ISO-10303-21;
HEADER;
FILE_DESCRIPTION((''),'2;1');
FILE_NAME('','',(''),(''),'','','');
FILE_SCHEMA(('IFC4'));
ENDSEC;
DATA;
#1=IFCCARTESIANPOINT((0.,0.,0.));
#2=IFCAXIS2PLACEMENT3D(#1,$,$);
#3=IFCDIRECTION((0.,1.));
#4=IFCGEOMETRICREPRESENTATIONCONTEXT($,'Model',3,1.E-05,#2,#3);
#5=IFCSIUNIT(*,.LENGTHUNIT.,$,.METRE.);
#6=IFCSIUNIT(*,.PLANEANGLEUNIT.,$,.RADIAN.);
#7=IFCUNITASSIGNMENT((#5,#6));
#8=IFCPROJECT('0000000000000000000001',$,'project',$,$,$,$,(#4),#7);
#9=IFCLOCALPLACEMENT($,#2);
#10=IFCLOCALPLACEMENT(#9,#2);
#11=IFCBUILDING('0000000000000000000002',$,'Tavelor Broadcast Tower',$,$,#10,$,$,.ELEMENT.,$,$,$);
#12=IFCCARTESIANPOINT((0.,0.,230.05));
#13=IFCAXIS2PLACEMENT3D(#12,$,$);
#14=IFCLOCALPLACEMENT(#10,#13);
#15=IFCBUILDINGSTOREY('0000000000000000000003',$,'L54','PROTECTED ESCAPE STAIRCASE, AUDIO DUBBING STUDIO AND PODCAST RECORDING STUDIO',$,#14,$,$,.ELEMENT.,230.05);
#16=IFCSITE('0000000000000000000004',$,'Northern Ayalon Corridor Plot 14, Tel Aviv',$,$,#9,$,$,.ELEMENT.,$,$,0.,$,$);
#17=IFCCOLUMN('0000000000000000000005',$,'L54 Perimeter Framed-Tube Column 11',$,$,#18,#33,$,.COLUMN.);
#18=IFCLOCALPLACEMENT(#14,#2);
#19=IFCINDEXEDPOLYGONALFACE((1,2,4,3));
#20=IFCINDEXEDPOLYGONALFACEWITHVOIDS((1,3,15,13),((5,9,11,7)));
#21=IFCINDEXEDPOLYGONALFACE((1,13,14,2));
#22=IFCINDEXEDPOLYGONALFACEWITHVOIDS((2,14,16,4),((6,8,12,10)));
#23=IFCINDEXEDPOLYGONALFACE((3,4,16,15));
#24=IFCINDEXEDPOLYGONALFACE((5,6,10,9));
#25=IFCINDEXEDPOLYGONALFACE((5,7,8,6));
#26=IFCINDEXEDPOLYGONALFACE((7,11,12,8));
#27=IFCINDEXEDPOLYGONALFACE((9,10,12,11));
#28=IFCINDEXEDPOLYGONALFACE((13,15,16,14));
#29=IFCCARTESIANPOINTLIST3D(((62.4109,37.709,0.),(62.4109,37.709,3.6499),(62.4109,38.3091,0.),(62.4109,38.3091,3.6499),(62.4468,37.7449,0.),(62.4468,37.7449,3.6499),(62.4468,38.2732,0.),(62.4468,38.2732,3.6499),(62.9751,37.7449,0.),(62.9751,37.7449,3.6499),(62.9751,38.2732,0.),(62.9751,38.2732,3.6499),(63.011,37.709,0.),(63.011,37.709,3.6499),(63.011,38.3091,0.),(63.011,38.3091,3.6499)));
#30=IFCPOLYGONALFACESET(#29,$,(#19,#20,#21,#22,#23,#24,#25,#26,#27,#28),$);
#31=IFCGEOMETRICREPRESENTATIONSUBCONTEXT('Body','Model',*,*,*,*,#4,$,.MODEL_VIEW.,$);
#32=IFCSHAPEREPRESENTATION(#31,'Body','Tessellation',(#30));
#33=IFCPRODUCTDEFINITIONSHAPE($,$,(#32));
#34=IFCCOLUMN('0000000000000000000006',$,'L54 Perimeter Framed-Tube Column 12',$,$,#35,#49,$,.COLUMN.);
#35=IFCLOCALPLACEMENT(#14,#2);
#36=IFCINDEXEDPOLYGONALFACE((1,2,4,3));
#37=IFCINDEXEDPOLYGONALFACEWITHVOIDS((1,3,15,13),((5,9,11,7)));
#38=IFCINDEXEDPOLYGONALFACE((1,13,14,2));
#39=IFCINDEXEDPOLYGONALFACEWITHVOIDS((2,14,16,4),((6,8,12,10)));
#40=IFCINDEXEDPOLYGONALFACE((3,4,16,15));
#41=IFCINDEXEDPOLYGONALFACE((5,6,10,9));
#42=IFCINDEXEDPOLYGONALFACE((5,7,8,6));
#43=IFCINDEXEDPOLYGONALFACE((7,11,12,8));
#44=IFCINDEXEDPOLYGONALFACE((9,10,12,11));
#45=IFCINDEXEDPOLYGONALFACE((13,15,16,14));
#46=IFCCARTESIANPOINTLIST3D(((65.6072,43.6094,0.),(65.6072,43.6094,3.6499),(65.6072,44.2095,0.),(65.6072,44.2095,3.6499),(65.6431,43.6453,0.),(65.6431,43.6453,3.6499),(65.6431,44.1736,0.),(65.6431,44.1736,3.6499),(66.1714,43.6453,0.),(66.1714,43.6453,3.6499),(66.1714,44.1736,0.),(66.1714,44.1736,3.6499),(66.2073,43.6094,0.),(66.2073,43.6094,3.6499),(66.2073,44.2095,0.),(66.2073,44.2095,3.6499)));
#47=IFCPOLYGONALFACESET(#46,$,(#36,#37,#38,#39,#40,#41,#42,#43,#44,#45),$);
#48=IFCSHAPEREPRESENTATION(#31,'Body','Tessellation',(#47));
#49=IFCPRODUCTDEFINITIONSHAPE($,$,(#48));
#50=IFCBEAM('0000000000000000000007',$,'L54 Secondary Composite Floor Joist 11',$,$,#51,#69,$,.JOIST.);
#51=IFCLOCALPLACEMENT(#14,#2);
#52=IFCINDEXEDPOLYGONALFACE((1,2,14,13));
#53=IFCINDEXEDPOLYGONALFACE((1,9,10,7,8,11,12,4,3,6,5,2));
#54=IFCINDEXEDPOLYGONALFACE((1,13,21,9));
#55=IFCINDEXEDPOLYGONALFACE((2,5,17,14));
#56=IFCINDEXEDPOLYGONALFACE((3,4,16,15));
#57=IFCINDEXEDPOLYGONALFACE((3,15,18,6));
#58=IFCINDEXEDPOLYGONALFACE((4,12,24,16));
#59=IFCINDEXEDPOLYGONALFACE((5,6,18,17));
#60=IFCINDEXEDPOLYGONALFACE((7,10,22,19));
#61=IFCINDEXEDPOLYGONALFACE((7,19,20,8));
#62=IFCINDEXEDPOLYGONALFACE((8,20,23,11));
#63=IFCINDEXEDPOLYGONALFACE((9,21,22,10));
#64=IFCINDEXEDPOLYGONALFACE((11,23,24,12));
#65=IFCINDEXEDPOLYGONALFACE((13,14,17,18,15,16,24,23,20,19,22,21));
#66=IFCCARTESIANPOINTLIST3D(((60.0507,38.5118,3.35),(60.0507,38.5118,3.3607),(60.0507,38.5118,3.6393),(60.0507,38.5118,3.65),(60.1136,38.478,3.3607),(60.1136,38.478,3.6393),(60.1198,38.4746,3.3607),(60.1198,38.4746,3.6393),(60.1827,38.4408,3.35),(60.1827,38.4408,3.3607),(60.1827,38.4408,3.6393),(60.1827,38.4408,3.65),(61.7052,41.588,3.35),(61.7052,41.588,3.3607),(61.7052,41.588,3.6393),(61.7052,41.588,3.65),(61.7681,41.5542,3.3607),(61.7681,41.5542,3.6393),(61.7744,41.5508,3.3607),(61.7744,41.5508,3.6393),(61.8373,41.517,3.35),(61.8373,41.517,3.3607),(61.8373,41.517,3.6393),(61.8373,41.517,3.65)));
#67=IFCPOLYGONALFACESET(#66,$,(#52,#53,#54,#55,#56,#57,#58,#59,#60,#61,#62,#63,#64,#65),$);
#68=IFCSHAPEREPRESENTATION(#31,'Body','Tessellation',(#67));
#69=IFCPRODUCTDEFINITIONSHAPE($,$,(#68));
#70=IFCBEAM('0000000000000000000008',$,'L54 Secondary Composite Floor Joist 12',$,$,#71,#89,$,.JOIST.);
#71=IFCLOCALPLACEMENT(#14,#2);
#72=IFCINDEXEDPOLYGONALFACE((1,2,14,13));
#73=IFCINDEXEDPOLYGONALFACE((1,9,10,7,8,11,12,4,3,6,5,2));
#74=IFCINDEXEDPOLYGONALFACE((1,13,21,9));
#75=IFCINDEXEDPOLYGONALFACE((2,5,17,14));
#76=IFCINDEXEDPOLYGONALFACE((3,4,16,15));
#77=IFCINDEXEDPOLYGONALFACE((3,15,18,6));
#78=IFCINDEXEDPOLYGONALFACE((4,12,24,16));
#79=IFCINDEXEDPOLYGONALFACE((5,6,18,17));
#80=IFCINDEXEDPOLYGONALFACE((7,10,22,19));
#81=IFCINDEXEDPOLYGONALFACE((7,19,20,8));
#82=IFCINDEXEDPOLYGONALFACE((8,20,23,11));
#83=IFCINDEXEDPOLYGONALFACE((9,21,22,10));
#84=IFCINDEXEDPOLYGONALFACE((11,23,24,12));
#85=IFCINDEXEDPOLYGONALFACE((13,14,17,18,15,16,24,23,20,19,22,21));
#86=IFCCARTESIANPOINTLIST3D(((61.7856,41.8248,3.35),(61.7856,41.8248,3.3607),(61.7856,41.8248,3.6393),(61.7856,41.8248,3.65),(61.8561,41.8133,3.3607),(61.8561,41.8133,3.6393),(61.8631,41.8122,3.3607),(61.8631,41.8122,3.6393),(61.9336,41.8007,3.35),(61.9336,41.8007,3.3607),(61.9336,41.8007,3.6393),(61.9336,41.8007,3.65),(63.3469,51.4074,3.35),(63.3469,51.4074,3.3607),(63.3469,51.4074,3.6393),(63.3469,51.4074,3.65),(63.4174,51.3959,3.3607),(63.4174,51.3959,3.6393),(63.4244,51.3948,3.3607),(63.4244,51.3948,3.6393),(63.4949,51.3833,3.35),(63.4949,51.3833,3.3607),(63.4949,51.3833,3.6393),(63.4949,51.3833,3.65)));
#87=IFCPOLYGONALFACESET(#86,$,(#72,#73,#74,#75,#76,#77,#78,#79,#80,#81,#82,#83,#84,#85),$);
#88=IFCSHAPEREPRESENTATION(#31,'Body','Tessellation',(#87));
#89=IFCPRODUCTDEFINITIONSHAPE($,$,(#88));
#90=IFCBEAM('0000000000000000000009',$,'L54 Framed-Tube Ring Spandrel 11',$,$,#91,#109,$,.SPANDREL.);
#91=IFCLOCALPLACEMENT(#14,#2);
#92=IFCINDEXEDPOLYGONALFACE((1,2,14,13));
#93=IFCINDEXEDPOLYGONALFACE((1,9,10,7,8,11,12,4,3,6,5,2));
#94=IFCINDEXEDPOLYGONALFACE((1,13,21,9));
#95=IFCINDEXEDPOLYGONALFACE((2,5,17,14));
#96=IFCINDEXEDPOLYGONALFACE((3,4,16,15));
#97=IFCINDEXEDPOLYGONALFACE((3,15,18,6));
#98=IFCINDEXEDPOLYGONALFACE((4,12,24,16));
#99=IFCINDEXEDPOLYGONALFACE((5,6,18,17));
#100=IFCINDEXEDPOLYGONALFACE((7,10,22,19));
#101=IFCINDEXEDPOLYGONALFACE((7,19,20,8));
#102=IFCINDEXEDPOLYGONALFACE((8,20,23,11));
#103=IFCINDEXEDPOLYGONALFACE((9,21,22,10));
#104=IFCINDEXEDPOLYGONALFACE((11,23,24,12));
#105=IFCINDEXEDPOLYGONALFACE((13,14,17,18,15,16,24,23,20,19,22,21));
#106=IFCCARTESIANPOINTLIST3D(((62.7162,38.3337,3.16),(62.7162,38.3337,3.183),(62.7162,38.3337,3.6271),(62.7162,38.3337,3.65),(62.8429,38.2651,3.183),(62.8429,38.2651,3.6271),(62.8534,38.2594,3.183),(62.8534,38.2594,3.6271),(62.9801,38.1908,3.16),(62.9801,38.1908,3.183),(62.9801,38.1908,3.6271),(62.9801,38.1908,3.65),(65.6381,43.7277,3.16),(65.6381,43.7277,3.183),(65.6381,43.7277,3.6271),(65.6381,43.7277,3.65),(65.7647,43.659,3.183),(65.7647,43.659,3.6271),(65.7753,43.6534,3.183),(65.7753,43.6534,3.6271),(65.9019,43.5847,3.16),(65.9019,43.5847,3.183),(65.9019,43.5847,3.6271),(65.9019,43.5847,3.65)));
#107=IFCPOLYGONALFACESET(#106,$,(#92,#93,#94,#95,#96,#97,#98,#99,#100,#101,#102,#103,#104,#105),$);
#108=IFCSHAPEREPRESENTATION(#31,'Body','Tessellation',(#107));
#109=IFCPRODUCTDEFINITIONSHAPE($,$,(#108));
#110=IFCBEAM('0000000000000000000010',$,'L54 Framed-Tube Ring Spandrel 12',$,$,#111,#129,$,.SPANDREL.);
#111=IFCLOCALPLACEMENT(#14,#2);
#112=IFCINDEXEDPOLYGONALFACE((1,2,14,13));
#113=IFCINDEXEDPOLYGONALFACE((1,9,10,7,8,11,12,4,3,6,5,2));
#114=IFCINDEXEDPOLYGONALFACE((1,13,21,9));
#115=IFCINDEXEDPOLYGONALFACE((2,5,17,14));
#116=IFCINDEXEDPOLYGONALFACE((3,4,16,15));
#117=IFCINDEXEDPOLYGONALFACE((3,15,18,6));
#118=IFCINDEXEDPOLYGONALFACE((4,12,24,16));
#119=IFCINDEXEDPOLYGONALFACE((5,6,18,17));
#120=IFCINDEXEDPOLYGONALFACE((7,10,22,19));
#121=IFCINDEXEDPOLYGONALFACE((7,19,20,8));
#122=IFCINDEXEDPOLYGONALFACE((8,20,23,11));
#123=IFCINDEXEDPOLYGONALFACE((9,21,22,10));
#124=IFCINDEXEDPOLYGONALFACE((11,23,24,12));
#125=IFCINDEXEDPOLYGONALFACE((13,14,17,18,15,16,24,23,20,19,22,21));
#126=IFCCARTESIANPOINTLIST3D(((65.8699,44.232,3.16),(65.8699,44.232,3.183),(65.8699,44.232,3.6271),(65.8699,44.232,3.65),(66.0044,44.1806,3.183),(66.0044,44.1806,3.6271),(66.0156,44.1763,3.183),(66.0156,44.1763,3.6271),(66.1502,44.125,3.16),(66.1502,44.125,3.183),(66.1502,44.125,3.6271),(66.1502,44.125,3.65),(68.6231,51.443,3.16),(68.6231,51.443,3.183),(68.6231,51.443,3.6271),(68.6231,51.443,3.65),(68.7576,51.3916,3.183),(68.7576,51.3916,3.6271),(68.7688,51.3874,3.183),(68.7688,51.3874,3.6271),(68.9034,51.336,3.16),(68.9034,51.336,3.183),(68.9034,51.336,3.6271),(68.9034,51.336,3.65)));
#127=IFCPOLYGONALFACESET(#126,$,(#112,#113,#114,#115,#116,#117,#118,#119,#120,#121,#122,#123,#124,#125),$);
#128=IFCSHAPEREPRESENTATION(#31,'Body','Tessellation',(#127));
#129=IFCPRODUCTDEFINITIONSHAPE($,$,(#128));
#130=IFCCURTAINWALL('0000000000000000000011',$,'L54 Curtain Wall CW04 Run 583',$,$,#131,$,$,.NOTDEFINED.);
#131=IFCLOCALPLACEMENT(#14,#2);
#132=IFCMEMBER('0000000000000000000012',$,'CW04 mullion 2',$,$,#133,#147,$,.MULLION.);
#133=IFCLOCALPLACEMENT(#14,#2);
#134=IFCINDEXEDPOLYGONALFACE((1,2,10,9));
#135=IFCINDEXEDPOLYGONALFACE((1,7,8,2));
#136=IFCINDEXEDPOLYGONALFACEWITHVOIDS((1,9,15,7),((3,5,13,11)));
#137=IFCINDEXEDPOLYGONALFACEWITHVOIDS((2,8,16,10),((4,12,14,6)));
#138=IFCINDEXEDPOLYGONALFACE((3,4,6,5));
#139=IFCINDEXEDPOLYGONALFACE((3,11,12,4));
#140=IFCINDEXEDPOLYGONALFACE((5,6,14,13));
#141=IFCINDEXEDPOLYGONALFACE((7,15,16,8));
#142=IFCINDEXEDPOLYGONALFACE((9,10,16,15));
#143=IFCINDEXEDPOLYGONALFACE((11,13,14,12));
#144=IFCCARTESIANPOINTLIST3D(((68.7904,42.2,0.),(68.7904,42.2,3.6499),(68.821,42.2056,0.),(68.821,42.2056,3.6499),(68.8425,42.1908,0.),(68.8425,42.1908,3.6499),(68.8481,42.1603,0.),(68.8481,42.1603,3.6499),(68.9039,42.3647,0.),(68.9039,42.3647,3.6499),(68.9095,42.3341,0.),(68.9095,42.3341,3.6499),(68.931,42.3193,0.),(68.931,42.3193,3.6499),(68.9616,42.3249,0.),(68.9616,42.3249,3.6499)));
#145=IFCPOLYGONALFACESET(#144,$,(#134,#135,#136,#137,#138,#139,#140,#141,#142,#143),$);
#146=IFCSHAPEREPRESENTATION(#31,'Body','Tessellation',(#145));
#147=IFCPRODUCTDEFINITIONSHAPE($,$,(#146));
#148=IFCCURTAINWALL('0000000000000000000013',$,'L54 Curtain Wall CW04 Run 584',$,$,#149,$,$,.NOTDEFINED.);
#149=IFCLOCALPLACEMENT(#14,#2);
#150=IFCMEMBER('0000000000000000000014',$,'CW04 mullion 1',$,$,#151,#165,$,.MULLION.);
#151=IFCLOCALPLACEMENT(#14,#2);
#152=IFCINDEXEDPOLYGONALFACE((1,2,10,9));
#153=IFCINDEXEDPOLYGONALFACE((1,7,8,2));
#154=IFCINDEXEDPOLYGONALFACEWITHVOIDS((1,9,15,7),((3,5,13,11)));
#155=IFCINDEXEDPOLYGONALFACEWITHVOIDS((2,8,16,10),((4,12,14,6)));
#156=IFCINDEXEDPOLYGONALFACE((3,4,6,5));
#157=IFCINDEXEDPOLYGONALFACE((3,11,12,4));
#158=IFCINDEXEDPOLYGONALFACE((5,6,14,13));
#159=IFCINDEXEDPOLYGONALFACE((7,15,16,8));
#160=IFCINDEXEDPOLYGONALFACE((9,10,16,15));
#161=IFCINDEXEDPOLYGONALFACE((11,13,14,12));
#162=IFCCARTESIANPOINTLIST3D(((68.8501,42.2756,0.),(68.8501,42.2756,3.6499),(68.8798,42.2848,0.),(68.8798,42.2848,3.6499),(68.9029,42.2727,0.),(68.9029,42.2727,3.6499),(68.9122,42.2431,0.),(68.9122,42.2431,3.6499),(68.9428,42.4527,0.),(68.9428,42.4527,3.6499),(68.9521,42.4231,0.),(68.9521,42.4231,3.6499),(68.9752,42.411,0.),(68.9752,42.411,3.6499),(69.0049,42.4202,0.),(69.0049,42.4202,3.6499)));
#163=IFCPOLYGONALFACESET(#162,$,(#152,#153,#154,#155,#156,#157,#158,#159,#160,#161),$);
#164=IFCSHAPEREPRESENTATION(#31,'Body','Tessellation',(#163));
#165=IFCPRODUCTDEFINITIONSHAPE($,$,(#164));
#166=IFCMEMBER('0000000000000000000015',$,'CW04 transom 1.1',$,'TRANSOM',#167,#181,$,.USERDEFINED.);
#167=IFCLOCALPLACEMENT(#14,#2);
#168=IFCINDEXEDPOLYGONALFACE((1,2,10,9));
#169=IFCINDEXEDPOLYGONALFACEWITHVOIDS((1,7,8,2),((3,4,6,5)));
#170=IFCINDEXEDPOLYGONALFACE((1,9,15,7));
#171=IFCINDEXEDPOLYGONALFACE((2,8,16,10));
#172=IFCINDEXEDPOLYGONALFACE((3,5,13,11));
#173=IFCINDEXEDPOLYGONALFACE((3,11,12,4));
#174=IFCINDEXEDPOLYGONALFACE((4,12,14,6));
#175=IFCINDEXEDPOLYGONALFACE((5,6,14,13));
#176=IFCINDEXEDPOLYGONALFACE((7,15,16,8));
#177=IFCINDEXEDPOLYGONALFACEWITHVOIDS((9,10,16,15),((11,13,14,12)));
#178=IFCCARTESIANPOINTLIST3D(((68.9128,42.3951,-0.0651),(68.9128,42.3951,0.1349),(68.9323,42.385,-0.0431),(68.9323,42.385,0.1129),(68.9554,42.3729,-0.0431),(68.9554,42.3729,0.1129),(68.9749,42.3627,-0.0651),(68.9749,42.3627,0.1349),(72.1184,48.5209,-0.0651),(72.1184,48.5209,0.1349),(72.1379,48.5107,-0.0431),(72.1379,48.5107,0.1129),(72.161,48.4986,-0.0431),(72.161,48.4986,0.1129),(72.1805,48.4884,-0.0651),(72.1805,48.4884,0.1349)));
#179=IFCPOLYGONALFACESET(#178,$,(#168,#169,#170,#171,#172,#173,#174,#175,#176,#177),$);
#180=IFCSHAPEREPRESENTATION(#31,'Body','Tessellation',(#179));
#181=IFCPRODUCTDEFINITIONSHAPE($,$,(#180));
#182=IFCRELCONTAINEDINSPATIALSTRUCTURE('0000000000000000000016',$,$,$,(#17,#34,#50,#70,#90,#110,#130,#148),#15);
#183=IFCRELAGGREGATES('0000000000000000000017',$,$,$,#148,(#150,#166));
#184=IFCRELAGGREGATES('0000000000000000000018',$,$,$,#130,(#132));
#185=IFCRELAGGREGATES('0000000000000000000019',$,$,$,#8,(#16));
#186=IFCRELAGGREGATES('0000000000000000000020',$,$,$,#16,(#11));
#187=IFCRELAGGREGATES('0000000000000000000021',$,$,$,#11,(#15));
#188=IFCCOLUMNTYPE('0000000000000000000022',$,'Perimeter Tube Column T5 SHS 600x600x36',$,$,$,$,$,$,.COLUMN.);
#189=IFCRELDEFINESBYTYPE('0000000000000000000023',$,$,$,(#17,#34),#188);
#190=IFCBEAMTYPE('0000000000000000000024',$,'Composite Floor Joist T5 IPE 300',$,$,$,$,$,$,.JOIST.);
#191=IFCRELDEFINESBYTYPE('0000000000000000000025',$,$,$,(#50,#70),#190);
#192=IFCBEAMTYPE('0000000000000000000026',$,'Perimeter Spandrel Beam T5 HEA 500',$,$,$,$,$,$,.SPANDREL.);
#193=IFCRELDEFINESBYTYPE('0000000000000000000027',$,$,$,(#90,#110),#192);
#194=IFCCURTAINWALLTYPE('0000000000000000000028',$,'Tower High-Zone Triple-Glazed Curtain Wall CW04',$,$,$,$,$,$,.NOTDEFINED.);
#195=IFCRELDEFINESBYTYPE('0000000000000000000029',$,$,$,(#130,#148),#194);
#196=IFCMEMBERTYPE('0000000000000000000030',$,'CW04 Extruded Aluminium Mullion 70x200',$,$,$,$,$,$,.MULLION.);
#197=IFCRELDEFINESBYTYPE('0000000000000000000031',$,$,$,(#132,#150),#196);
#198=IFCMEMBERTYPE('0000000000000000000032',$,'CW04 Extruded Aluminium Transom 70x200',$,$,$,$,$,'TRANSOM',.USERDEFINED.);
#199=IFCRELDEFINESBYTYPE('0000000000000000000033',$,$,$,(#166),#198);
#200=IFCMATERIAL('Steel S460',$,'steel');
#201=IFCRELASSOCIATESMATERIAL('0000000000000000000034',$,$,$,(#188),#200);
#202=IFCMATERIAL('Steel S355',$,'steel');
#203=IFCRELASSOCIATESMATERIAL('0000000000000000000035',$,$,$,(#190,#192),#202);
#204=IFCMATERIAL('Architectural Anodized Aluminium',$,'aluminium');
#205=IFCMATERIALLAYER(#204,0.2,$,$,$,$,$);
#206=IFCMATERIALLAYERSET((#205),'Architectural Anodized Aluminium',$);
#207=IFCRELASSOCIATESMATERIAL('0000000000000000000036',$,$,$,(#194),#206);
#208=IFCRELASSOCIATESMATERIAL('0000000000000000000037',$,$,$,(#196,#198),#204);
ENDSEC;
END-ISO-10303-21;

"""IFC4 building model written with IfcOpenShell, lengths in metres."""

from ifc_helpers import new_model, si_unit, direction, frame, origin, origin_2d, place, context, subcontext, project, spatial, hollow_rectangle, i_section, extrude, source, transform, mapped, material, layer, layer_set, material_profile, profile_set, type_object, type_shapes, element, aggregate, save


model = new_model("IFC4")

# Units and contexts
model_context = context("Model", 3, precision=1e-05, world=origin(), true_north=direction((0.0, 1.0)))
body_context = subcontext(model_context, "Body", "Model", "MODEL_VIEW")
ifc_project = project(units=[si_unit("LENGTHUNIT", "METRE"), si_unit("PLANEANGLEUNIT", "RADIAN")], contexts=[model_context])

# Site, building, storey
site_placement = place(None, origin())
site = spatial("IfcSite", under=ifc_project, at=site_placement, Name="Northern Ayalon Corridor Plot 14, Tel Aviv", CompositionType="ELEMENT", RefElevation=0.0)
building_placement = place(site_placement, origin())
building = spatial("IfcBuilding", under=site, at=building_placement, Name="Tavelor Broadcast Tower", CompositionType="ELEMENT")
storey_placement = place(building_placement, frame((0.0, 0.0, 230.05)))
storey = spatial("IfcBuildingStorey", under=building, at=storey_placement, Name="L54", Description="PROTECTED ESCAPE STAIRCASE, AUDIO DUBBING STUDIO AND PODCAST RECORDING STUDIO", CompositionType="ELEMENT", Elevation=230.05)

# Columns
ifc_material_1 = material(Name="Steel S460", Category="steel")
ifc_material_profile_1 = material_profile(ifc_material_1, hollow_rectangle(XDim=0.6001, YDim=0.6001, WallThickness=0.0359, at=origin_2d()), Name="SHS 600x600x36")
ifc_profile_set_1 = profile_set([ifc_material_profile_1], Name="Steel S460")
column_type = type_object("IfcColumnType", Name="Perimeter Tube Column T5 SHS 600x600x36", PredefinedType="COLUMN", material=ifc_profile_set_1)
for number, where, z_axis, x_axis, name in (
    (1, (62.7109, 38.009, 0.0), (0.0, 0.0, 1.0), (1.0, 0.0, 0.0), "L54 Perimeter Framed-Tube Column 11"),
    (2, (65.9072, 43.9094, 0.0), (0.0, 0.0, 1.0), (1.0, 0.0, 0.0), "L54 Perimeter Framed-Tube Column 12"),
):
    element("IfcColumn", number, at=place(storey_placement, frame(where, z_axis=z_axis, x_axis=x_axis)), inside=storey, type_object=column_type, Name=name, PredefinedType="COLUMN", context=body_context, shape_type="SweptSolid", body=[
        extrude(hollow_rectangle(XDim=0.6001, YDim=0.6001, WallThickness=0.0359, at=origin_2d()), origin(), (0.0, 0.0, 1.0), 3.6499),
    ])

# Beams
ifc_material_2 = material(Name="Steel S355", Category="steel")
ifc_material_profile_2 = material_profile(ifc_material_2, i_section(OverallWidth=0.1499, OverallDepth=0.3, WebThickness=0.0071, FlangeThickness=0.0107, at=origin_2d()), Name="IPE 300")
ifc_profile_set_2 = profile_set([ifc_material_profile_2], Name="Steel S355")
beam_type_1 = type_object("IfcBeamType", Name="Composite Floor Joist T5 IPE 300", PredefinedType="JOIST", material=ifc_profile_set_2)
beam_1_placement = place(storey_placement, frame((60.1167, 38.4763, 3.5), z_axis=(0.473687, 0.880693, 0.0), x_axis=(-0.880693, 0.473687, 0.0)))
element("IfcBeam", 3, at=beam_1_placement, inside=storey, type_object=beam_type_1, Name="L54 Secondary Composite Floor Joist 11", PredefinedType="JOIST", context=body_context, shape_type="SweptSolid", body=[
    extrude(i_section(OverallWidth=0.1499, OverallDepth=0.3, WebThickness=0.0071, FlangeThickness=0.0107, at=origin_2d()), origin(), (0.0, 0.0, 1.0), 3.4929),
])
beam_2_placement = place(storey_placement, frame((61.8596, 41.8127, 3.5), z_axis=(0.160809, 0.986985, 0.0), x_axis=(-0.986985, 0.160809, 0.0)))
element("IfcBeam", 4, at=beam_2_placement, inside=storey, type_object=beam_type_1, Name="L54 Secondary Composite Floor Joist 12", PredefinedType="JOIST", context=body_context, shape_type="SweptSolid", body=[
    extrude(i_section(OverallWidth=0.1499, OverallDepth=0.3, WebThickness=0.0071, FlangeThickness=0.0107, at=origin_2d()), origin(), (0.0, 0.0, 1.0), 9.709),
])
ifc_material_profile_3 = material_profile(ifc_material_2, i_section(OverallWidth=0.3, OverallDepth=0.49, WebThickness=0.012, FlangeThickness=0.0229, at=origin_2d()), Name="HEA 500")
ifc_profile_set_3 = profile_set([ifc_material_profile_3], Name="Steel S355")
beam_type_2 = type_object("IfcBeamType", Name="Perimeter Spandrel Beam T5 HEA 500", PredefinedType="SPANDREL", material=ifc_profile_set_3)
beam_3_placement = place(storey_placement, frame((62.8481, 38.2622, 3.405), z_axis=(0.476296, 0.879285, 0.0), x_axis=(-0.879285, 0.476296, 0.0)))
element("IfcBeam", 5, at=beam_3_placement, inside=storey, type_object=beam_type_2, Name="L54 Framed-Tube Ring Spandrel 11", PredefinedType="SPANDREL", context=body_context, shape_type="SweptSolid", body=[
    extrude(i_section(OverallWidth=0.3, OverallDepth=0.49, WebThickness=0.012, FlangeThickness=0.0229, at=origin_2d()), origin(), (0.0, 0.0, 1.0), 6.1345),
])
beam_4_placement = place(storey_placement, frame((66.01, 44.1785, 3.405), z_axis=(0.356691, 0.934222, 0.0), x_axis=(-0.934222, 0.356691, 0.0)))
element("IfcBeam", 6, at=beam_4_placement, inside=storey, type_object=beam_type_2, Name="L54 Framed-Tube Ring Spandrel 12", PredefinedType="SPANDREL", context=body_context, shape_type="SweptSolid", body=[
    extrude(i_section(OverallWidth=0.3, OverallDepth=0.49, WebThickness=0.012, FlangeThickness=0.0229, at=origin_2d()), origin(), (0.0, 0.0, 1.0), 7.7188),
])

# Curtain wall, member
ifc_material_3 = material(Name="Architectural Anodized Aluminium", Category="aluminium")
ifc_layer_1 = layer(ifc_material_3, 0.2)
ifc_layer_set_1 = layer_set([ifc_layer_1], Name="Architectural Anodized Aluminium")
curtain_wall_type = type_object("IfcCurtainWallType", Name="Tower High-Zone Triple-Glazed Curtain Wall CW04", PredefinedType="NOTDEFINED", material=ifc_layer_set_1)
curtain_wall_1_placement = place(storey_placement, origin())
curtain_wall_1 = element("IfcCurtainWall", 7, at=curtain_wall_1_placement, inside=storey, type_object=curtain_wall_type, Name="L54 Curtain Wall CW04 Run 583", PredefinedType="NOTDEFINED")
ifc_material_profile_4 = material_profile(ifc_material_3, hollow_rectangle(XDim=0.0701, YDim=0.2, WallThickness=0.022, at=origin_2d()), Name="RHS 70x200x22")
ifc_profile_set_4 = profile_set([ifc_material_profile_4], Name="Architectural Anodized Aluminium")
member_type_1 = type_object("IfcMemberType", Name="CW04 Extruded Aluminium Mullion 70x200", PredefinedType="MULLION", material=ifc_profile_set_4)
shared_shape_1 = source(origin(), body_context, "Body", "SweptSolid", [
    extrude(hollow_rectangle(XDim=0.0701, YDim=0.2, WallThickness=0.022, at=origin_2d()), origin(), (0.0, 0.0, 1.0), 3.6499),
])
type_shapes(member_type_1, [shared_shape_1])
member_1_placement = place(storey_placement, frame((68.876, 42.2625, 0.0), z_axis=(0.0, 0.0, 1.0), x_axis=(-0.823395, 0.567468, 0.0)))
member_1 = element("IfcMember", 8, at=member_1_placement, type_object=member_type_1, Name="CW04 mullion 2", PredefinedType="MULLION", context=body_context, shape_type="MappedRepresentation", body=[
    mapped(shared_shape_1, transform((0.0, 0.0, 0.0), scale=1.0)),
])

# Curtain wall, members
curtain_wall_2_placement = place(storey_placement, origin())
curtain_wall_2 = element("IfcCurtainWall", 9, at=curtain_wall_2_placement, inside=storey, type_object=curtain_wall_type, Name="L54 Curtain Wall CW04 Run 584", PredefinedType="NOTDEFINED")
member_2_placement = place(storey_placement, frame((68.9275, 42.3479, 0.0), z_axis=(0.0, 0.0, 1.0), x_axis=(-0.886015, 0.463656, 0.0)))
member_2 = element("IfcMember", 10, at=member_2_placement, type_object=member_type_1, Name="CW04 mullion 1", PredefinedType="MULLION", context=body_context, shape_type="MappedRepresentation", body=[
    mapped(shared_shape_1, transform((0.0, 0.0, 0.0), scale=1.0)),
])
ifc_material_profile_5 = material_profile(ifc_material_3, hollow_rectangle(XDim=0.0701, YDim=0.2, WallThickness=0.022, at=origin_2d()), Name="RHS 70x200x22")
ifc_profile_set_5 = profile_set([ifc_material_profile_5], Name="Architectural Anodized Aluminium")
member_type_2 = type_object("IfcMemberType", Name="CW04 Extruded Aluminium Transom 70x200", ElementType="TRANSOM", PredefinedType="USERDEFINED", material=ifc_profile_set_5)
shared_shape_2 = source(origin(), body_context, "Body", "SweptSolid", [
    extrude(hollow_rectangle(XDim=0.0701, YDim=0.2, WallThickness=0.022, at=origin_2d()), origin(), (0.0, 0.0, 1.0), 6.9138),
])
type_shapes(member_type_2, [shared_shape_2])
member_3_placement = place(storey_placement, frame((68.9438, 42.3789, 0.0349), z_axis=(0.463649, 0.886019, 0.0), x_axis=(-0.886019, 0.463649, 0.0)))
member_3 = element("IfcMember", 11, at=member_3_placement, type_object=member_type_2, Name="CW04 transom 1.1", ObjectType="TRANSOM", PredefinedType="USERDEFINED", context=body_context, shape_type="MappedRepresentation", body=[
    mapped(shared_shape_2, transform((0.0, 0.0, 0.0), scale=1.0)),
])
aggregate(curtain_wall_2, [member_2, member_3])

aggregate(curtain_wall_1, [member_1])

save(model, "model.ifc")
